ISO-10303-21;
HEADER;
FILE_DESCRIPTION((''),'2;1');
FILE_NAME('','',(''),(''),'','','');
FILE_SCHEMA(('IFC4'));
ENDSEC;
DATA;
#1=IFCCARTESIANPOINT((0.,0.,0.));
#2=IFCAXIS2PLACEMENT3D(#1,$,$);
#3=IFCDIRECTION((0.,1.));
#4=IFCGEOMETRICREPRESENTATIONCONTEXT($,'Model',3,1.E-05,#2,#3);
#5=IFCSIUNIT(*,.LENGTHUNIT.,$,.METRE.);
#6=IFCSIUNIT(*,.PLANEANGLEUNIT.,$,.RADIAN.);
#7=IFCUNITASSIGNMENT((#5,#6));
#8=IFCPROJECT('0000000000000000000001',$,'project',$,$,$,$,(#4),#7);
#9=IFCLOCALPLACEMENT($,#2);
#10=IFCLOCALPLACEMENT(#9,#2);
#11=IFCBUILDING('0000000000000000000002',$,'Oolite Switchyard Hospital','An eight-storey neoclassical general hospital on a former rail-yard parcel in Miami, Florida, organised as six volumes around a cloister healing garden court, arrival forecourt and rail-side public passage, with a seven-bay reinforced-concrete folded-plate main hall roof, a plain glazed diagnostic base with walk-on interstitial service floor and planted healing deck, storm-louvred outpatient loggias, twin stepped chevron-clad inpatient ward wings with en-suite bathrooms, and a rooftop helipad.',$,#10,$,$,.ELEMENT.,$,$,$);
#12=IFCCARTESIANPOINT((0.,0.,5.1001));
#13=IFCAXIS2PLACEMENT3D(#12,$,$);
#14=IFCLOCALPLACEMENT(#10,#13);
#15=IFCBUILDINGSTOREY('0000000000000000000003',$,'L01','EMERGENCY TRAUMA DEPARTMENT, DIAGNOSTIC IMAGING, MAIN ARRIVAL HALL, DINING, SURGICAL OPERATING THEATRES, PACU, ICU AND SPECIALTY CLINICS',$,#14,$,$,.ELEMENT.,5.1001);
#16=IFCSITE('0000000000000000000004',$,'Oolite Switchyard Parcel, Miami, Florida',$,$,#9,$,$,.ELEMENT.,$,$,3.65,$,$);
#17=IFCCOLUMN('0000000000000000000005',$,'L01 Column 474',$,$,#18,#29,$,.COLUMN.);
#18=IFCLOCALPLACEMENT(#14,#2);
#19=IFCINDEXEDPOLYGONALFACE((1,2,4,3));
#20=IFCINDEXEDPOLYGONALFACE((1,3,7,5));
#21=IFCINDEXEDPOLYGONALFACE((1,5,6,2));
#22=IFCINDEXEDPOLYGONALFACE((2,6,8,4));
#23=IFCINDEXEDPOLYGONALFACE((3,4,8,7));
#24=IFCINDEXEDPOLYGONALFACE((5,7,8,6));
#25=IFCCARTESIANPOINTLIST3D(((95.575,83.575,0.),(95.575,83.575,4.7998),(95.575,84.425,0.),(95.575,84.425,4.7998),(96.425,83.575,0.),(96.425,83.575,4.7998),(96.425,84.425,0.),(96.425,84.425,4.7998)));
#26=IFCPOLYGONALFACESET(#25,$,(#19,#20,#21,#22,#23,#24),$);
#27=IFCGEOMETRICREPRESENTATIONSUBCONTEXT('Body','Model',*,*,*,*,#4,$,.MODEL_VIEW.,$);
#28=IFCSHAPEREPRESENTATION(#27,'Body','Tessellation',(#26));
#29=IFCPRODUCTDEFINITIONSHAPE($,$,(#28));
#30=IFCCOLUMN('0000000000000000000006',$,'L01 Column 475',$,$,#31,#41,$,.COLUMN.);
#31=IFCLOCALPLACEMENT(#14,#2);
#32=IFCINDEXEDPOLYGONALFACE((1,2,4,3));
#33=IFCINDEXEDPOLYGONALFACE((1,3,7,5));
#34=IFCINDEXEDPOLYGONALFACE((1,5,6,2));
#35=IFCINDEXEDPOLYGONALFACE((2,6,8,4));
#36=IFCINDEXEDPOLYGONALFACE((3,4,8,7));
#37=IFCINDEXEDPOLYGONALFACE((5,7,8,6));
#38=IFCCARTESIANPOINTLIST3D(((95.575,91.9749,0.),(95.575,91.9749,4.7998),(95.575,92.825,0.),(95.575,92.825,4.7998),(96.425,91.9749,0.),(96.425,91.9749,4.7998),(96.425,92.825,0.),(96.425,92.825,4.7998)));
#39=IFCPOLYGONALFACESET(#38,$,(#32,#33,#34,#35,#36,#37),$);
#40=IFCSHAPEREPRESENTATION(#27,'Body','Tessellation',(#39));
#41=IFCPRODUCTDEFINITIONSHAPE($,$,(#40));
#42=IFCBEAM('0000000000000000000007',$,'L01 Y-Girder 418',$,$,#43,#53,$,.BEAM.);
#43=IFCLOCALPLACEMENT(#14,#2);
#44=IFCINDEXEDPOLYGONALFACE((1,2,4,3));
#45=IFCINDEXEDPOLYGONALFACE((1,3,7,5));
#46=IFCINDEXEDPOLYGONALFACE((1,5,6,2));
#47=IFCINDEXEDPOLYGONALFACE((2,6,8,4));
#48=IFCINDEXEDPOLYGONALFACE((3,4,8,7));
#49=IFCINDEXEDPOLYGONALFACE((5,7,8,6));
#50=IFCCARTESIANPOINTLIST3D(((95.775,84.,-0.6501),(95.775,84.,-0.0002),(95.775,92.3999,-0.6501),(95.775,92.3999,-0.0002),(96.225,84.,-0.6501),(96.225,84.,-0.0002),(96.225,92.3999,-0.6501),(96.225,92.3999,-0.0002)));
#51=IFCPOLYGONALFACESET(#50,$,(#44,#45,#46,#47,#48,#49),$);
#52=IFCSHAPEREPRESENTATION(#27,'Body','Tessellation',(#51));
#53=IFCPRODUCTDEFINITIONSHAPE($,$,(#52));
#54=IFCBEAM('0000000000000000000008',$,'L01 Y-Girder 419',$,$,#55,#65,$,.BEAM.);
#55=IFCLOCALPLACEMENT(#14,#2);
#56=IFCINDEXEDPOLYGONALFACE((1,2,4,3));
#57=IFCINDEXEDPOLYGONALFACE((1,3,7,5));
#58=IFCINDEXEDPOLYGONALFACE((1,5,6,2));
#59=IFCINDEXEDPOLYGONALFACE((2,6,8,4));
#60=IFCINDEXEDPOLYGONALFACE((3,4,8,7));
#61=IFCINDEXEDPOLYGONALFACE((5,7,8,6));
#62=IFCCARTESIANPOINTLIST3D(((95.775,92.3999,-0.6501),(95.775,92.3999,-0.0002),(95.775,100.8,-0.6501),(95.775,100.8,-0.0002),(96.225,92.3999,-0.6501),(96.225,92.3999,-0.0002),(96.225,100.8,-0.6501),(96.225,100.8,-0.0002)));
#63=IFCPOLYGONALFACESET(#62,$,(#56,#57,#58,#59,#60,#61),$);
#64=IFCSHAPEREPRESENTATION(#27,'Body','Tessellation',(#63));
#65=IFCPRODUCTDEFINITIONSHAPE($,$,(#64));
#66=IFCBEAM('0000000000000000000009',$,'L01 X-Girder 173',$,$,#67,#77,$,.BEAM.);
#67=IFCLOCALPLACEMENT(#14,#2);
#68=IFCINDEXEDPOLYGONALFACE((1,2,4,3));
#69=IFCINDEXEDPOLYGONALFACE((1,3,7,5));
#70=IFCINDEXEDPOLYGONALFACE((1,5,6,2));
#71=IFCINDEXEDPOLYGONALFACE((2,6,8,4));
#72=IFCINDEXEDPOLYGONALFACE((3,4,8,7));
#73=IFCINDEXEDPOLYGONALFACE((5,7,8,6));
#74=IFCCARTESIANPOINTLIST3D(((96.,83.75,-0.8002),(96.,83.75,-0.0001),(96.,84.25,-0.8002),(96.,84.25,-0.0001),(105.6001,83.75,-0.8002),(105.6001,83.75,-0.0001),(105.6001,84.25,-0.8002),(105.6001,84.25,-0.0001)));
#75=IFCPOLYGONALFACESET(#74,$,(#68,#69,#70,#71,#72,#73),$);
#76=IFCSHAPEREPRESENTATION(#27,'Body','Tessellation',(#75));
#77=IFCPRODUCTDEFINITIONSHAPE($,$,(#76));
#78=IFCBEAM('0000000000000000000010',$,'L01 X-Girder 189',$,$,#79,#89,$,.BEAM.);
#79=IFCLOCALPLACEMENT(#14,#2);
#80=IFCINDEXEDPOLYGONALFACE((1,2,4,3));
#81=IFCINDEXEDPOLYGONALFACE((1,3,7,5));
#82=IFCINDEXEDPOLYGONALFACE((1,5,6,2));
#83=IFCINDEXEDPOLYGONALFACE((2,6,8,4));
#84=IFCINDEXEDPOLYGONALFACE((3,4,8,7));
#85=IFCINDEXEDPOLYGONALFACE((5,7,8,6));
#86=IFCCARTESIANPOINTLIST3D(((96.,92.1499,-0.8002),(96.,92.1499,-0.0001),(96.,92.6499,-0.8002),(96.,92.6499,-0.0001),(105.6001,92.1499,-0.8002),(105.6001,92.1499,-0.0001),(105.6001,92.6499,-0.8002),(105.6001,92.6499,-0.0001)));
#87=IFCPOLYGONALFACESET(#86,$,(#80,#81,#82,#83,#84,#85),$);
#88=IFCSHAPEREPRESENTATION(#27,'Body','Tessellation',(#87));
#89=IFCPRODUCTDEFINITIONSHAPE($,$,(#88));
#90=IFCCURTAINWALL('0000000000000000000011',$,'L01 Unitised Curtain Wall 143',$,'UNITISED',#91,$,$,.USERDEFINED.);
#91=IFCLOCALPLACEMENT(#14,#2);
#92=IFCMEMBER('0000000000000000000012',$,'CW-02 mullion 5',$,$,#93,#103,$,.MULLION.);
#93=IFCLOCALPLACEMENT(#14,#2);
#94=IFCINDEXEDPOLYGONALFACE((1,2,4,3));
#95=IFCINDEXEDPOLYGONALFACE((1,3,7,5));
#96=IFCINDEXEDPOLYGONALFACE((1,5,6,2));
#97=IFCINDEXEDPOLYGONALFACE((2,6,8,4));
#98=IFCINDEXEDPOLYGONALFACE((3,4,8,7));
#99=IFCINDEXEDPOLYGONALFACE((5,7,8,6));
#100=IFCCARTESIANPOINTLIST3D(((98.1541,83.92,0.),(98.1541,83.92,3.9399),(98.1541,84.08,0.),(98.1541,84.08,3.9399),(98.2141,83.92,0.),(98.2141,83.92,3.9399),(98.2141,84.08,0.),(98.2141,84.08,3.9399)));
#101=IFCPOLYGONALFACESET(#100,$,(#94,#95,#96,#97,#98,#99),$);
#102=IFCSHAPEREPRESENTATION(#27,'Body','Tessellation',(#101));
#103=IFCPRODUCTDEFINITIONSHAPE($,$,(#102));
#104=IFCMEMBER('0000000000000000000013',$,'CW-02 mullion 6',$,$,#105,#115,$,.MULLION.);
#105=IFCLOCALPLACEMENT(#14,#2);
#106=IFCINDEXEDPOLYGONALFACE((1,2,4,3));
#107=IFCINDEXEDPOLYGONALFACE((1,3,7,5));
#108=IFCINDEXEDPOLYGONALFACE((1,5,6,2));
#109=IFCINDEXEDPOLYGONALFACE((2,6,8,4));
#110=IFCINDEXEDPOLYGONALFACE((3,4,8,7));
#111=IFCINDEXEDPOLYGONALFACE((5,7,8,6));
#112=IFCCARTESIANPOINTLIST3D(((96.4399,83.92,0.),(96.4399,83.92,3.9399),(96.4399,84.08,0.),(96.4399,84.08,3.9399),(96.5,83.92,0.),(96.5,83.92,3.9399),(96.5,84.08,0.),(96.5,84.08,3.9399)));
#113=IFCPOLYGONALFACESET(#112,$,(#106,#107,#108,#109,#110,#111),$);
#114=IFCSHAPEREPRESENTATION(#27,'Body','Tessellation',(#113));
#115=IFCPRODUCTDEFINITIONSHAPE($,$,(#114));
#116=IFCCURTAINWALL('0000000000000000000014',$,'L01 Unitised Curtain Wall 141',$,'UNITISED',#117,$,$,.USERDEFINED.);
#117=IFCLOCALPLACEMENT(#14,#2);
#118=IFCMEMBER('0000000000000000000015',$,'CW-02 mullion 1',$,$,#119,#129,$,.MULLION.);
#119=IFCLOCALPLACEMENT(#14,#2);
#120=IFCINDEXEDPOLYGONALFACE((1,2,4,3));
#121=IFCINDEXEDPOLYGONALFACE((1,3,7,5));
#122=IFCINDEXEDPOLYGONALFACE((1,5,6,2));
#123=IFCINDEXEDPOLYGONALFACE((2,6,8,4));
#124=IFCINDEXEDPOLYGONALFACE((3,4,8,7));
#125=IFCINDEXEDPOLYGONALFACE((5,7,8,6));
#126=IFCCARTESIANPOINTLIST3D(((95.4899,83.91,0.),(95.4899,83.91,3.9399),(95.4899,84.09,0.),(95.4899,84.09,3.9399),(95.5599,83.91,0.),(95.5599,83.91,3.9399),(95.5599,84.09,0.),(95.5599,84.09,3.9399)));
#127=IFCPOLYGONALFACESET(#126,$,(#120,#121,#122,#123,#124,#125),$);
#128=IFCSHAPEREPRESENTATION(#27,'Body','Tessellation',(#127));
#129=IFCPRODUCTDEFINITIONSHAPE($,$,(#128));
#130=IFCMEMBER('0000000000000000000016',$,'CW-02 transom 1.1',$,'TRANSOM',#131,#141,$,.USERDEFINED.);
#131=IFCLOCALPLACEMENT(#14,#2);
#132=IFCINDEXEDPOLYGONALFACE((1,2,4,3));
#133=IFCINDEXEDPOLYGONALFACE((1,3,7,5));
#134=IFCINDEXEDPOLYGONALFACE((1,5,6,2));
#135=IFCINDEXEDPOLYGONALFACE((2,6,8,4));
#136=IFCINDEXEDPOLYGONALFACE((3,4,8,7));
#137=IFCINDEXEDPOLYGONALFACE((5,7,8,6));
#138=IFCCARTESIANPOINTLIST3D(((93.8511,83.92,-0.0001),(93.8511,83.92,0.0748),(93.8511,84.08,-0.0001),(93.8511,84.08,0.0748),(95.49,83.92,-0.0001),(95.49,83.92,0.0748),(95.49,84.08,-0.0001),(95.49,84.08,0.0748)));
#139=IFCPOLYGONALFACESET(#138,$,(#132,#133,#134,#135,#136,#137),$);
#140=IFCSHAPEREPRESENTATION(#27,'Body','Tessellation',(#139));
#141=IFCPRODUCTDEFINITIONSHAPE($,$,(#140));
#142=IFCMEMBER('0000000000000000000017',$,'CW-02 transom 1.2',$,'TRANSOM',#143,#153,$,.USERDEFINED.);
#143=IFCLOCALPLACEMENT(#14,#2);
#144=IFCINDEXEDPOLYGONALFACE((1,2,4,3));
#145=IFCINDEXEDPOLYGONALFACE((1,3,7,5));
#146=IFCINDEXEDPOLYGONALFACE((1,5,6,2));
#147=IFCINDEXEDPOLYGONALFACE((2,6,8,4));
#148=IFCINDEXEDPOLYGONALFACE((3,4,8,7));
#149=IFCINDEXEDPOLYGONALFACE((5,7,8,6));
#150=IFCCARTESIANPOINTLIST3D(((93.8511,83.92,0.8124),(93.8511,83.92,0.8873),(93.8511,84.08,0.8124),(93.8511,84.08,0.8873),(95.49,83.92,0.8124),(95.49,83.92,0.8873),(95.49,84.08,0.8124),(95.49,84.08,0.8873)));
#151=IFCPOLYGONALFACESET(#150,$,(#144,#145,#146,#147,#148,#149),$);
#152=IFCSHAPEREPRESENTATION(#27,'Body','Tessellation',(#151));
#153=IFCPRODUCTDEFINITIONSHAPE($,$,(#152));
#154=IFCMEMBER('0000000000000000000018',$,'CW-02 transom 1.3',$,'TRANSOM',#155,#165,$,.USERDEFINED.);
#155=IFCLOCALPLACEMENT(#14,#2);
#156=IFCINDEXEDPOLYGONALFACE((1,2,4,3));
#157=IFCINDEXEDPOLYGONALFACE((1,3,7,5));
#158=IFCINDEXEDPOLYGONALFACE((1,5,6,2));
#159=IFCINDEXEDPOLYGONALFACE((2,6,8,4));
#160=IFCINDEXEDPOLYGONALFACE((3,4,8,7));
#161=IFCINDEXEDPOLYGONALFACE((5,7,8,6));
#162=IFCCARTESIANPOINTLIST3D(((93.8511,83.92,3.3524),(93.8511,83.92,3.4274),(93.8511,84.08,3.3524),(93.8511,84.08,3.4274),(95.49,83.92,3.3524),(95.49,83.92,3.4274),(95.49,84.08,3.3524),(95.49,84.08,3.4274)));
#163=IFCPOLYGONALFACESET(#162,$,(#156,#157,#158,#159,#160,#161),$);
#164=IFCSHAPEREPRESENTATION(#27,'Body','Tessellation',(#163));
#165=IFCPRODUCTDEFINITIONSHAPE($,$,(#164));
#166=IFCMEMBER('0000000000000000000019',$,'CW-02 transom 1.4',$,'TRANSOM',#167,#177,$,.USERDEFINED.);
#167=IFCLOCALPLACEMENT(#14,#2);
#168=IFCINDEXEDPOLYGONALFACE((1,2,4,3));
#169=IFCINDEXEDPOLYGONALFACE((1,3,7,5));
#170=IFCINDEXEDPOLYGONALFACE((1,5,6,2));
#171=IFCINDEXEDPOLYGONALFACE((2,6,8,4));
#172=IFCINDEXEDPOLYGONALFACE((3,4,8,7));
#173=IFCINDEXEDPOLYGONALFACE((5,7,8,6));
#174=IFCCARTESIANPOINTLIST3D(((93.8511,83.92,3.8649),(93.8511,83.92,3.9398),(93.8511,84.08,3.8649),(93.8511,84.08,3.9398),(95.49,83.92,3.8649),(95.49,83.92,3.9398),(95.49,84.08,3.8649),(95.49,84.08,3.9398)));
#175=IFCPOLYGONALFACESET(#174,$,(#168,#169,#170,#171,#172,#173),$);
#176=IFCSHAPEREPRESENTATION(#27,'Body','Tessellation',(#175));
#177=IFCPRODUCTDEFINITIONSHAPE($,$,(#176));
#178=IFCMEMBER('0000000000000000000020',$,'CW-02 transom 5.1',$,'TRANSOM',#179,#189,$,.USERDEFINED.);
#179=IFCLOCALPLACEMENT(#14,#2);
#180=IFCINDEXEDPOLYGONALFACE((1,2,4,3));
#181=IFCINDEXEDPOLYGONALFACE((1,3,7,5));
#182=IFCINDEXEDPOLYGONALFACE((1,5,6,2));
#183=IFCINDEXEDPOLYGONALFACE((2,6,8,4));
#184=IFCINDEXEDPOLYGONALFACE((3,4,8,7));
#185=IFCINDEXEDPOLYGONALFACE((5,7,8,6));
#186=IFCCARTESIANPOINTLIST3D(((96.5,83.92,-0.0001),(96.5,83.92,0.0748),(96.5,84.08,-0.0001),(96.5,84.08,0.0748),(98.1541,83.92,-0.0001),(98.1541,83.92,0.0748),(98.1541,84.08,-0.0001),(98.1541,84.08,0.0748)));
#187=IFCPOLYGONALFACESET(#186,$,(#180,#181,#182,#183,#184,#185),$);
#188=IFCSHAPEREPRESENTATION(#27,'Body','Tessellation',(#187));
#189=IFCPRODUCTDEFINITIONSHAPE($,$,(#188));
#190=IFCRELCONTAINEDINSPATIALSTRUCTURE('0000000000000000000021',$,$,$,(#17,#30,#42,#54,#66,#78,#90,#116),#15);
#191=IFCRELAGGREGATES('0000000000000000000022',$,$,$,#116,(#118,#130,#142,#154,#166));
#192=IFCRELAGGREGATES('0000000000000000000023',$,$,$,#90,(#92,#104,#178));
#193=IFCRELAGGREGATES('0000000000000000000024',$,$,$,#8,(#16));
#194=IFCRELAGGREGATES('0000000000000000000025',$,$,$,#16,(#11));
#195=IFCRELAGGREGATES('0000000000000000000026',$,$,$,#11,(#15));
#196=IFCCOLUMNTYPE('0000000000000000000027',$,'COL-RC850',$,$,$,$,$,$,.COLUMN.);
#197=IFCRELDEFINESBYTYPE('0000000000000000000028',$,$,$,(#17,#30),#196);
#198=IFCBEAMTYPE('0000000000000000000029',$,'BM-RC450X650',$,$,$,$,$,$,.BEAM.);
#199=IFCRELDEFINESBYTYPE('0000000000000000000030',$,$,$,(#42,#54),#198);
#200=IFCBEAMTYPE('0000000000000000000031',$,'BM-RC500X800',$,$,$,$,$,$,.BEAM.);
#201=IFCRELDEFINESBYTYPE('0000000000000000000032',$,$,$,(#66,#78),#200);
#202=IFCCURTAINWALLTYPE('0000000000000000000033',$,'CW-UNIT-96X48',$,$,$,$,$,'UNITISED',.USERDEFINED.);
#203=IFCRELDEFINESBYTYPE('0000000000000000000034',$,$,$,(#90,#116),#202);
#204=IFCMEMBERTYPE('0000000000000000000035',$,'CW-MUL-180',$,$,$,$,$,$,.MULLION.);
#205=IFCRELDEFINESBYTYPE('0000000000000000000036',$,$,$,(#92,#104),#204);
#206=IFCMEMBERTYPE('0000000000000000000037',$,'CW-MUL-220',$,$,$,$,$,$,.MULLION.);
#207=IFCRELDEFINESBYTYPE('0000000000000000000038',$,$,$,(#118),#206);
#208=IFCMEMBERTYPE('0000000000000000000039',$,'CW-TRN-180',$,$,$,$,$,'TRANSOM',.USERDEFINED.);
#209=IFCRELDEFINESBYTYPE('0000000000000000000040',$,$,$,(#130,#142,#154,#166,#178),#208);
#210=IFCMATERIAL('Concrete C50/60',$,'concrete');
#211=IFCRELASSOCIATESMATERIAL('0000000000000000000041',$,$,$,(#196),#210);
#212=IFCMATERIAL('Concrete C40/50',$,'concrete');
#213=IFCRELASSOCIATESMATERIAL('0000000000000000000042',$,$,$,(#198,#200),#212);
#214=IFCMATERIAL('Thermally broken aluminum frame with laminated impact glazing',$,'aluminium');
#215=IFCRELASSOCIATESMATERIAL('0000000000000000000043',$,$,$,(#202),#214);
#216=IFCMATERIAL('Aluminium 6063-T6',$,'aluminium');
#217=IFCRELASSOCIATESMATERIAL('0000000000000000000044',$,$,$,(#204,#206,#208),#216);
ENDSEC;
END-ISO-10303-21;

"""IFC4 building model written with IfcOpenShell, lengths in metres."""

from ifc_helpers import new_model, si_unit, direction, frame, origin, origin_2d, place, context, subcontext, project, spatial, rectangle, extrude, material, material_profile, profile_set, type_object, element, aggregate, save


model = new_model("IFC4")

# Units and contexts
model_context = context("Model", 3, precision=1e-05, world=origin(), true_north=direction((0.0, 1.0)))
body_context = subcontext(model_context, "Body", "Model", "MODEL_VIEW")
ifc_project = project(units=[si_unit("LENGTHUNIT", "METRE"), si_unit("PLANEANGLEUNIT", "RADIAN")], contexts=[model_context])

# Site, building, storey
site_placement = place(None, origin())
site = spatial("IfcSite", under=ifc_project, at=site_placement, Name="Oolite Switchyard Parcel, Miami, Florida", CompositionType="ELEMENT", RefElevation=3.65)
building_placement = place(site_placement, origin())
building = spatial("IfcBuilding", under=site, at=building_placement, Name="Oolite Switchyard Hospital", Description="An eight-storey neoclassical general hospital on a former rail-yard parcel in Miami, Florida, organised as six volumes around a cloister healing garden court, arrival forecourt and rail-side public passage, with a seven-bay reinforced-concrete folded-plate main hall roof, a plain glazed diagnostic base with walk-on interstitial service floor and planted healing deck, storm-louvred outpatient loggias, twin stepped chevron-clad inpatient ward wings with en-suite bathrooms, and a rooftop helipad.", CompositionType="ELEMENT")
storey_placement = place(building_placement, frame((0.0, 0.0, 5.1001)))
storey = spatial("IfcBuildingStorey", under=building, at=storey_placement, Name="L01", Description="EMERGENCY TRAUMA DEPARTMENT, DIAGNOSTIC IMAGING, MAIN ARRIVAL HALL, DINING, SURGICAL OPERATING THEATRES, PACU, ICU AND SPECIALTY CLINICS", CompositionType="ELEMENT", Elevation=5.1001)

# Columns
ifc_material_1 = material(Name="Concrete C50/60", Category="concrete")
ifc_material_profile_1 = material_profile(ifc_material_1, rectangle(XDim=0.8501, YDim=0.8501, at=origin_2d()), Name="RC850X850")
ifc_profile_set_1 = profile_set([ifc_material_profile_1], Name="Concrete C50/60")
column_type = type_object("IfcColumnType", Name="COL-RC850", PredefinedType="COLUMN", material=ifc_profile_set_1)
for number, where, z_axis, x_axis, name in (
    (1, (96.0, 84.0, 0.0), (0.0, 0.0, 1.0), (1.0, 0.0, 0.0), "L01 Column 474"),
    (2, (96.0, 92.3999, 0.0), (0.0, 0.0, 1.0), (1.0, 0.0, 0.0), "L01 Column 475"),
):
    element("IfcColumn", number, at=place(storey_placement, frame(where, z_axis=z_axis, x_axis=x_axis)), inside=storey, type_object=column_type, Name=name, PredefinedType="COLUMN", context=body_context, shape_type="SweptSolid", body=[
        extrude(rectangle(XDim=0.8501, YDim=0.8501, at=origin_2d()), origin(), (0.0, 0.0, 1.0), 4.7998),
    ])

# Beams
ifc_material_2 = material(Name="Concrete C40/50", Category="concrete")
ifc_material_profile_2 = material_profile(ifc_material_2, rectangle(XDim=0.45, YDim=0.6499, at=origin_2d()), Name="RCB450X650")
ifc_profile_set_2 = profile_set([ifc_material_profile_2], Name="Concrete C40/50")
beam_type_1 = type_object("IfcBeamType", Name="BM-RC450X650", PredefinedType="BEAM", material=ifc_profile_set_2)
beam_1_placement = place(storey_placement, frame((96.0, 84.0, -0.3252), z_axis=(0.0, 1.0, 0.0), x_axis=(-1.0, 0.0, 0.0)))
element("IfcBeam", 3, at=beam_1_placement, inside=storey, type_object=beam_type_1, Name="L01 Y-Girder 418", PredefinedType="BEAM", context=body_context, shape_type="SweptSolid", body=[
    extrude(rectangle(XDim=0.45, YDim=0.6499, at=origin_2d()), origin(), (0.0, 0.0, 1.0), 8.3999),
])
beam_2_placement = place(storey_placement, frame((96.0, 92.3999, -0.3252), z_axis=(0.0, 1.0, 0.0), x_axis=(-1.0, 0.0, 0.0)))
element("IfcBeam", 4, at=beam_2_placement, inside=storey, type_object=beam_type_1, Name="L01 Y-Girder 419", PredefinedType="BEAM", context=body_context, shape_type="SweptSolid", body=[
    extrude(rectangle(XDim=0.45, YDim=0.6499, at=origin_2d()), origin(), (0.0, 0.0, 1.0), 8.4001),
])
ifc_material_profile_3 = material_profile(ifc_material_2, rectangle(XDim=0.5, YDim=0.8, at=origin_2d()), Name="RCB500X800")
ifc_profile_set_3 = profile_set([ifc_material_profile_3], Name="Concrete C40/50")
beam_type_2 = type_object("IfcBeamType", Name="BM-RC500X800", PredefinedType="BEAM", material=ifc_profile_set_3)
for number, where, z_axis, x_axis, name in (
    (5, (96.0, 84.0, -0.4001), (1.0, 0.0, 0.0), (0.0, 1.0, 0.0), "L01 X-Girder 173"),
    (6, (96.0, 92.3999, -0.4001), (1.0, 0.0, 0.0), (0.0, 1.0, 0.0), "L01 X-Girder 189"),
):
    element("IfcBeam", number, at=place(storey_placement, frame(where, z_axis=z_axis, x_axis=x_axis)), inside=storey, type_object=beam_type_2, Name=name, PredefinedType="BEAM", context=body_context, shape_type="SweptSolid", body=[
        extrude(rectangle(XDim=0.5, YDim=0.8, at=origin_2d()), origin(), (0.0, 0.0, 1.0), 9.6001),
    ])

# Curtain walls, members
ifc_material_3 = material(Name="Thermally broken aluminum frame with laminated impact glazing", Category="aluminium")
curtain_wall_type = type_object("IfcCurtainWallType", Name="CW-UNIT-96X48", ElementType="UNITISED", PredefinedType="USERDEFINED", material=ifc_material_3)
curtain_wall_1_placement = place(storey_placement, origin())
curtain_wall_1 = element("IfcCurtainWall", 7, at=curtain_wall_1_placement, inside=storey, type_object=curtain_wall_type, Name="L01 Unitised Curtain Wall 143", ObjectType="UNITISED", PredefinedType="USERDEFINED")
ifc_material_4 = material(Name="Aluminium 6063-T6", Category="aluminium")
ifc_material_profile_4 = material_profile(ifc_material_4, rectangle(XDim=0.1599, YDim=0.0601, at=origin_2d()), Name="CWM60X160")
ifc_profile_set_4 = profile_set([ifc_material_profile_4], Name="Aluminium 6063-T6")
member_type_1 = type_object("IfcMemberType", Name="CW-MUL-180", PredefinedType="MULLION", material=ifc_profile_set_4)
member_1_placement = place(storey_placement, frame((98.1841, 84.0, 0.0), z_axis=(0.0, 0.0, 1.0), x_axis=(0.0, -1.0, 0.0)))
member_1 = element("IfcMember", 8, at=member_1_placement, type_object=member_type_1, Name="CW-02 mullion 5", PredefinedType="MULLION", context=body_context, shape_type="SweptSolid", body=[
    extrude(rectangle(XDim=0.1599, YDim=0.0601, at=origin_2d()), origin(), (0.0, 0.0, 1.0), 3.9399),
])
member_2_placement = place(storey_placement, frame((96.47, 84.0, 0.0), z_axis=(0.0, 0.0, 1.0), x_axis=(0.0, -1.0, 0.0)))
member_2 = element("IfcMember", 9, at=member_2_placement, type_object=member_type_1, Name="CW-02 mullion 6", PredefinedType="MULLION", context=body_context, shape_type="SweptSolid", body=[
    extrude(rectangle(XDim=0.1599, YDim=0.0601, at=origin_2d()), origin(), (0.0, 0.0, 1.0), 3.9399),
])
curtain_wall_2_placement = place(storey_placement, origin())
curtain_wall_2 = element("IfcCurtainWall", 10, at=curtain_wall_2_placement, inside=storey, type_object=curtain_wall_type, Name="L01 Unitised Curtain Wall 141", ObjectType="UNITISED", PredefinedType="USERDEFINED")
ifc_material_profile_5 = material_profile(ifc_material_4, rectangle(XDim=0.1799, YDim=0.0701, at=origin_2d()), Name="CWM70X180")
ifc_profile_set_5 = profile_set([ifc_material_profile_5], Name="Aluminium 6063-T6")
member_type_2 = type_object("IfcMemberType", Name="CW-MUL-220", PredefinedType="MULLION", material=ifc_profile_set_5)
member_3_placement = place(storey_placement, frame((95.5249, 84.0, 0.0), z_axis=(0.0, 0.0, 1.0), x_axis=(0.0, -1.0, 0.0)))
member_3 = element("IfcMember", 11, at=member_3_placement, type_object=member_type_2, Name="CW-02 mullion 1", PredefinedType="MULLION", context=body_context, shape_type="SweptSolid", body=[
    extrude(rectangle(XDim=0.1799, YDim=0.0701, at=origin_2d()), origin(), (0.0, 0.0, 1.0), 3.9399),
])
ifc_material_profile_6 = material_profile(ifc_material_4, rectangle(XDim=0.1599, YDim=0.075, at=origin_2d()), Name="CWT75X160")
ifc_profile_set_6 = profile_set([ifc_material_profile_6], Name="Aluminium 6063-T6")
member_type_3 = type_object("IfcMemberType", Name="CW-TRN-180", ElementType="TRANSOM", PredefinedType="USERDEFINED", material=ifc_profile_set_6)
member_4_placement = place(storey_placement, frame((95.49, 84.0, 0.0374), z_axis=(-1.0, 0.0, 0.0), x_axis=(0.0, -1.0, 0.0)))
member_4 = element("IfcMember", 12, at=member_4_placement, type_object=member_type_3, Name="CW-02 transom 1.1", ObjectType="TRANSOM", PredefinedType="USERDEFINED", context=body_context, shape_type="SweptSolid", body=[
    extrude(rectangle(XDim=0.1599, YDim=0.075, at=origin_2d()), origin(), (0.0, 0.0, 1.0), 1.6389),
])
member_5_placement = place(storey_placement, frame((95.49, 84.0, 0.8499), z_axis=(-1.0, 0.0, 0.0), x_axis=(0.0, -1.0, 0.0)))
member_5 = element("IfcMember", 13, at=member_5_placement, type_object=member_type_3, Name="CW-02 transom 1.2", ObjectType="TRANSOM", PredefinedType="USERDEFINED", context=body_context, shape_type="SweptSolid", body=[
    extrude(rectangle(XDim=0.1599, YDim=0.075, at=origin_2d()), origin(), (0.0, 0.0, 1.0), 1.6389),
])
member_6_placement = place(storey_placement, frame((95.49, 84.0, 3.3899), z_axis=(-1.0, 0.0, 0.0), x_axis=(0.0, -1.0, 0.0)))
member_6 = element("IfcMember", 14, at=member_6_placement, type_object=member_type_3, Name="CW-02 transom 1.3", ObjectType="TRANSOM", PredefinedType="USERDEFINED", context=body_context, shape_type="SweptSolid", body=[
    extrude(rectangle(XDim=0.1599, YDim=0.075, at=origin_2d()), origin(), (0.0, 0.0, 1.0), 1.6389),
])
member_7_placement = place(storey_placement, frame((95.49, 84.0, 3.9023), z_axis=(-1.0, 0.0, 0.0), x_axis=(0.0, -1.0, 0.0)))
member_7 = element("IfcMember", 15, at=member_7_placement, type_object=member_type_3, Name="CW-02 transom 1.4", ObjectType="TRANSOM", PredefinedType="USERDEFINED", context=body_context, shape_type="SweptSolid", body=[
    extrude(rectangle(XDim=0.1599, YDim=0.075, at=origin_2d()), origin(), (0.0, 0.0, 1.0), 1.6389),
])

# Member
member_8_placement = place(storey_placement, frame((98.1541, 84.0, 0.0374), z_axis=(-1.0, 0.0, 0.0), x_axis=(0.0, -1.0, 0.0)))
member_8 = element("IfcMember", 16, at=member_8_placement, type_object=member_type_3, Name="CW-02 transom 5.1", ObjectType="TRANSOM", PredefinedType="USERDEFINED", context=body_context, shape_type="SweptSolid", body=[
    extrude(rectangle(XDim=0.1599, YDim=0.075, at=origin_2d()), origin(), (0.0, 0.0, 1.0), 1.6541),
])

aggregate(curtain_wall_2, [member_3, member_4, member_5, member_6, member_7])
aggregate(curtain_wall_1, [member_1, member_2, member_8])

save(model, "model.ifc")
